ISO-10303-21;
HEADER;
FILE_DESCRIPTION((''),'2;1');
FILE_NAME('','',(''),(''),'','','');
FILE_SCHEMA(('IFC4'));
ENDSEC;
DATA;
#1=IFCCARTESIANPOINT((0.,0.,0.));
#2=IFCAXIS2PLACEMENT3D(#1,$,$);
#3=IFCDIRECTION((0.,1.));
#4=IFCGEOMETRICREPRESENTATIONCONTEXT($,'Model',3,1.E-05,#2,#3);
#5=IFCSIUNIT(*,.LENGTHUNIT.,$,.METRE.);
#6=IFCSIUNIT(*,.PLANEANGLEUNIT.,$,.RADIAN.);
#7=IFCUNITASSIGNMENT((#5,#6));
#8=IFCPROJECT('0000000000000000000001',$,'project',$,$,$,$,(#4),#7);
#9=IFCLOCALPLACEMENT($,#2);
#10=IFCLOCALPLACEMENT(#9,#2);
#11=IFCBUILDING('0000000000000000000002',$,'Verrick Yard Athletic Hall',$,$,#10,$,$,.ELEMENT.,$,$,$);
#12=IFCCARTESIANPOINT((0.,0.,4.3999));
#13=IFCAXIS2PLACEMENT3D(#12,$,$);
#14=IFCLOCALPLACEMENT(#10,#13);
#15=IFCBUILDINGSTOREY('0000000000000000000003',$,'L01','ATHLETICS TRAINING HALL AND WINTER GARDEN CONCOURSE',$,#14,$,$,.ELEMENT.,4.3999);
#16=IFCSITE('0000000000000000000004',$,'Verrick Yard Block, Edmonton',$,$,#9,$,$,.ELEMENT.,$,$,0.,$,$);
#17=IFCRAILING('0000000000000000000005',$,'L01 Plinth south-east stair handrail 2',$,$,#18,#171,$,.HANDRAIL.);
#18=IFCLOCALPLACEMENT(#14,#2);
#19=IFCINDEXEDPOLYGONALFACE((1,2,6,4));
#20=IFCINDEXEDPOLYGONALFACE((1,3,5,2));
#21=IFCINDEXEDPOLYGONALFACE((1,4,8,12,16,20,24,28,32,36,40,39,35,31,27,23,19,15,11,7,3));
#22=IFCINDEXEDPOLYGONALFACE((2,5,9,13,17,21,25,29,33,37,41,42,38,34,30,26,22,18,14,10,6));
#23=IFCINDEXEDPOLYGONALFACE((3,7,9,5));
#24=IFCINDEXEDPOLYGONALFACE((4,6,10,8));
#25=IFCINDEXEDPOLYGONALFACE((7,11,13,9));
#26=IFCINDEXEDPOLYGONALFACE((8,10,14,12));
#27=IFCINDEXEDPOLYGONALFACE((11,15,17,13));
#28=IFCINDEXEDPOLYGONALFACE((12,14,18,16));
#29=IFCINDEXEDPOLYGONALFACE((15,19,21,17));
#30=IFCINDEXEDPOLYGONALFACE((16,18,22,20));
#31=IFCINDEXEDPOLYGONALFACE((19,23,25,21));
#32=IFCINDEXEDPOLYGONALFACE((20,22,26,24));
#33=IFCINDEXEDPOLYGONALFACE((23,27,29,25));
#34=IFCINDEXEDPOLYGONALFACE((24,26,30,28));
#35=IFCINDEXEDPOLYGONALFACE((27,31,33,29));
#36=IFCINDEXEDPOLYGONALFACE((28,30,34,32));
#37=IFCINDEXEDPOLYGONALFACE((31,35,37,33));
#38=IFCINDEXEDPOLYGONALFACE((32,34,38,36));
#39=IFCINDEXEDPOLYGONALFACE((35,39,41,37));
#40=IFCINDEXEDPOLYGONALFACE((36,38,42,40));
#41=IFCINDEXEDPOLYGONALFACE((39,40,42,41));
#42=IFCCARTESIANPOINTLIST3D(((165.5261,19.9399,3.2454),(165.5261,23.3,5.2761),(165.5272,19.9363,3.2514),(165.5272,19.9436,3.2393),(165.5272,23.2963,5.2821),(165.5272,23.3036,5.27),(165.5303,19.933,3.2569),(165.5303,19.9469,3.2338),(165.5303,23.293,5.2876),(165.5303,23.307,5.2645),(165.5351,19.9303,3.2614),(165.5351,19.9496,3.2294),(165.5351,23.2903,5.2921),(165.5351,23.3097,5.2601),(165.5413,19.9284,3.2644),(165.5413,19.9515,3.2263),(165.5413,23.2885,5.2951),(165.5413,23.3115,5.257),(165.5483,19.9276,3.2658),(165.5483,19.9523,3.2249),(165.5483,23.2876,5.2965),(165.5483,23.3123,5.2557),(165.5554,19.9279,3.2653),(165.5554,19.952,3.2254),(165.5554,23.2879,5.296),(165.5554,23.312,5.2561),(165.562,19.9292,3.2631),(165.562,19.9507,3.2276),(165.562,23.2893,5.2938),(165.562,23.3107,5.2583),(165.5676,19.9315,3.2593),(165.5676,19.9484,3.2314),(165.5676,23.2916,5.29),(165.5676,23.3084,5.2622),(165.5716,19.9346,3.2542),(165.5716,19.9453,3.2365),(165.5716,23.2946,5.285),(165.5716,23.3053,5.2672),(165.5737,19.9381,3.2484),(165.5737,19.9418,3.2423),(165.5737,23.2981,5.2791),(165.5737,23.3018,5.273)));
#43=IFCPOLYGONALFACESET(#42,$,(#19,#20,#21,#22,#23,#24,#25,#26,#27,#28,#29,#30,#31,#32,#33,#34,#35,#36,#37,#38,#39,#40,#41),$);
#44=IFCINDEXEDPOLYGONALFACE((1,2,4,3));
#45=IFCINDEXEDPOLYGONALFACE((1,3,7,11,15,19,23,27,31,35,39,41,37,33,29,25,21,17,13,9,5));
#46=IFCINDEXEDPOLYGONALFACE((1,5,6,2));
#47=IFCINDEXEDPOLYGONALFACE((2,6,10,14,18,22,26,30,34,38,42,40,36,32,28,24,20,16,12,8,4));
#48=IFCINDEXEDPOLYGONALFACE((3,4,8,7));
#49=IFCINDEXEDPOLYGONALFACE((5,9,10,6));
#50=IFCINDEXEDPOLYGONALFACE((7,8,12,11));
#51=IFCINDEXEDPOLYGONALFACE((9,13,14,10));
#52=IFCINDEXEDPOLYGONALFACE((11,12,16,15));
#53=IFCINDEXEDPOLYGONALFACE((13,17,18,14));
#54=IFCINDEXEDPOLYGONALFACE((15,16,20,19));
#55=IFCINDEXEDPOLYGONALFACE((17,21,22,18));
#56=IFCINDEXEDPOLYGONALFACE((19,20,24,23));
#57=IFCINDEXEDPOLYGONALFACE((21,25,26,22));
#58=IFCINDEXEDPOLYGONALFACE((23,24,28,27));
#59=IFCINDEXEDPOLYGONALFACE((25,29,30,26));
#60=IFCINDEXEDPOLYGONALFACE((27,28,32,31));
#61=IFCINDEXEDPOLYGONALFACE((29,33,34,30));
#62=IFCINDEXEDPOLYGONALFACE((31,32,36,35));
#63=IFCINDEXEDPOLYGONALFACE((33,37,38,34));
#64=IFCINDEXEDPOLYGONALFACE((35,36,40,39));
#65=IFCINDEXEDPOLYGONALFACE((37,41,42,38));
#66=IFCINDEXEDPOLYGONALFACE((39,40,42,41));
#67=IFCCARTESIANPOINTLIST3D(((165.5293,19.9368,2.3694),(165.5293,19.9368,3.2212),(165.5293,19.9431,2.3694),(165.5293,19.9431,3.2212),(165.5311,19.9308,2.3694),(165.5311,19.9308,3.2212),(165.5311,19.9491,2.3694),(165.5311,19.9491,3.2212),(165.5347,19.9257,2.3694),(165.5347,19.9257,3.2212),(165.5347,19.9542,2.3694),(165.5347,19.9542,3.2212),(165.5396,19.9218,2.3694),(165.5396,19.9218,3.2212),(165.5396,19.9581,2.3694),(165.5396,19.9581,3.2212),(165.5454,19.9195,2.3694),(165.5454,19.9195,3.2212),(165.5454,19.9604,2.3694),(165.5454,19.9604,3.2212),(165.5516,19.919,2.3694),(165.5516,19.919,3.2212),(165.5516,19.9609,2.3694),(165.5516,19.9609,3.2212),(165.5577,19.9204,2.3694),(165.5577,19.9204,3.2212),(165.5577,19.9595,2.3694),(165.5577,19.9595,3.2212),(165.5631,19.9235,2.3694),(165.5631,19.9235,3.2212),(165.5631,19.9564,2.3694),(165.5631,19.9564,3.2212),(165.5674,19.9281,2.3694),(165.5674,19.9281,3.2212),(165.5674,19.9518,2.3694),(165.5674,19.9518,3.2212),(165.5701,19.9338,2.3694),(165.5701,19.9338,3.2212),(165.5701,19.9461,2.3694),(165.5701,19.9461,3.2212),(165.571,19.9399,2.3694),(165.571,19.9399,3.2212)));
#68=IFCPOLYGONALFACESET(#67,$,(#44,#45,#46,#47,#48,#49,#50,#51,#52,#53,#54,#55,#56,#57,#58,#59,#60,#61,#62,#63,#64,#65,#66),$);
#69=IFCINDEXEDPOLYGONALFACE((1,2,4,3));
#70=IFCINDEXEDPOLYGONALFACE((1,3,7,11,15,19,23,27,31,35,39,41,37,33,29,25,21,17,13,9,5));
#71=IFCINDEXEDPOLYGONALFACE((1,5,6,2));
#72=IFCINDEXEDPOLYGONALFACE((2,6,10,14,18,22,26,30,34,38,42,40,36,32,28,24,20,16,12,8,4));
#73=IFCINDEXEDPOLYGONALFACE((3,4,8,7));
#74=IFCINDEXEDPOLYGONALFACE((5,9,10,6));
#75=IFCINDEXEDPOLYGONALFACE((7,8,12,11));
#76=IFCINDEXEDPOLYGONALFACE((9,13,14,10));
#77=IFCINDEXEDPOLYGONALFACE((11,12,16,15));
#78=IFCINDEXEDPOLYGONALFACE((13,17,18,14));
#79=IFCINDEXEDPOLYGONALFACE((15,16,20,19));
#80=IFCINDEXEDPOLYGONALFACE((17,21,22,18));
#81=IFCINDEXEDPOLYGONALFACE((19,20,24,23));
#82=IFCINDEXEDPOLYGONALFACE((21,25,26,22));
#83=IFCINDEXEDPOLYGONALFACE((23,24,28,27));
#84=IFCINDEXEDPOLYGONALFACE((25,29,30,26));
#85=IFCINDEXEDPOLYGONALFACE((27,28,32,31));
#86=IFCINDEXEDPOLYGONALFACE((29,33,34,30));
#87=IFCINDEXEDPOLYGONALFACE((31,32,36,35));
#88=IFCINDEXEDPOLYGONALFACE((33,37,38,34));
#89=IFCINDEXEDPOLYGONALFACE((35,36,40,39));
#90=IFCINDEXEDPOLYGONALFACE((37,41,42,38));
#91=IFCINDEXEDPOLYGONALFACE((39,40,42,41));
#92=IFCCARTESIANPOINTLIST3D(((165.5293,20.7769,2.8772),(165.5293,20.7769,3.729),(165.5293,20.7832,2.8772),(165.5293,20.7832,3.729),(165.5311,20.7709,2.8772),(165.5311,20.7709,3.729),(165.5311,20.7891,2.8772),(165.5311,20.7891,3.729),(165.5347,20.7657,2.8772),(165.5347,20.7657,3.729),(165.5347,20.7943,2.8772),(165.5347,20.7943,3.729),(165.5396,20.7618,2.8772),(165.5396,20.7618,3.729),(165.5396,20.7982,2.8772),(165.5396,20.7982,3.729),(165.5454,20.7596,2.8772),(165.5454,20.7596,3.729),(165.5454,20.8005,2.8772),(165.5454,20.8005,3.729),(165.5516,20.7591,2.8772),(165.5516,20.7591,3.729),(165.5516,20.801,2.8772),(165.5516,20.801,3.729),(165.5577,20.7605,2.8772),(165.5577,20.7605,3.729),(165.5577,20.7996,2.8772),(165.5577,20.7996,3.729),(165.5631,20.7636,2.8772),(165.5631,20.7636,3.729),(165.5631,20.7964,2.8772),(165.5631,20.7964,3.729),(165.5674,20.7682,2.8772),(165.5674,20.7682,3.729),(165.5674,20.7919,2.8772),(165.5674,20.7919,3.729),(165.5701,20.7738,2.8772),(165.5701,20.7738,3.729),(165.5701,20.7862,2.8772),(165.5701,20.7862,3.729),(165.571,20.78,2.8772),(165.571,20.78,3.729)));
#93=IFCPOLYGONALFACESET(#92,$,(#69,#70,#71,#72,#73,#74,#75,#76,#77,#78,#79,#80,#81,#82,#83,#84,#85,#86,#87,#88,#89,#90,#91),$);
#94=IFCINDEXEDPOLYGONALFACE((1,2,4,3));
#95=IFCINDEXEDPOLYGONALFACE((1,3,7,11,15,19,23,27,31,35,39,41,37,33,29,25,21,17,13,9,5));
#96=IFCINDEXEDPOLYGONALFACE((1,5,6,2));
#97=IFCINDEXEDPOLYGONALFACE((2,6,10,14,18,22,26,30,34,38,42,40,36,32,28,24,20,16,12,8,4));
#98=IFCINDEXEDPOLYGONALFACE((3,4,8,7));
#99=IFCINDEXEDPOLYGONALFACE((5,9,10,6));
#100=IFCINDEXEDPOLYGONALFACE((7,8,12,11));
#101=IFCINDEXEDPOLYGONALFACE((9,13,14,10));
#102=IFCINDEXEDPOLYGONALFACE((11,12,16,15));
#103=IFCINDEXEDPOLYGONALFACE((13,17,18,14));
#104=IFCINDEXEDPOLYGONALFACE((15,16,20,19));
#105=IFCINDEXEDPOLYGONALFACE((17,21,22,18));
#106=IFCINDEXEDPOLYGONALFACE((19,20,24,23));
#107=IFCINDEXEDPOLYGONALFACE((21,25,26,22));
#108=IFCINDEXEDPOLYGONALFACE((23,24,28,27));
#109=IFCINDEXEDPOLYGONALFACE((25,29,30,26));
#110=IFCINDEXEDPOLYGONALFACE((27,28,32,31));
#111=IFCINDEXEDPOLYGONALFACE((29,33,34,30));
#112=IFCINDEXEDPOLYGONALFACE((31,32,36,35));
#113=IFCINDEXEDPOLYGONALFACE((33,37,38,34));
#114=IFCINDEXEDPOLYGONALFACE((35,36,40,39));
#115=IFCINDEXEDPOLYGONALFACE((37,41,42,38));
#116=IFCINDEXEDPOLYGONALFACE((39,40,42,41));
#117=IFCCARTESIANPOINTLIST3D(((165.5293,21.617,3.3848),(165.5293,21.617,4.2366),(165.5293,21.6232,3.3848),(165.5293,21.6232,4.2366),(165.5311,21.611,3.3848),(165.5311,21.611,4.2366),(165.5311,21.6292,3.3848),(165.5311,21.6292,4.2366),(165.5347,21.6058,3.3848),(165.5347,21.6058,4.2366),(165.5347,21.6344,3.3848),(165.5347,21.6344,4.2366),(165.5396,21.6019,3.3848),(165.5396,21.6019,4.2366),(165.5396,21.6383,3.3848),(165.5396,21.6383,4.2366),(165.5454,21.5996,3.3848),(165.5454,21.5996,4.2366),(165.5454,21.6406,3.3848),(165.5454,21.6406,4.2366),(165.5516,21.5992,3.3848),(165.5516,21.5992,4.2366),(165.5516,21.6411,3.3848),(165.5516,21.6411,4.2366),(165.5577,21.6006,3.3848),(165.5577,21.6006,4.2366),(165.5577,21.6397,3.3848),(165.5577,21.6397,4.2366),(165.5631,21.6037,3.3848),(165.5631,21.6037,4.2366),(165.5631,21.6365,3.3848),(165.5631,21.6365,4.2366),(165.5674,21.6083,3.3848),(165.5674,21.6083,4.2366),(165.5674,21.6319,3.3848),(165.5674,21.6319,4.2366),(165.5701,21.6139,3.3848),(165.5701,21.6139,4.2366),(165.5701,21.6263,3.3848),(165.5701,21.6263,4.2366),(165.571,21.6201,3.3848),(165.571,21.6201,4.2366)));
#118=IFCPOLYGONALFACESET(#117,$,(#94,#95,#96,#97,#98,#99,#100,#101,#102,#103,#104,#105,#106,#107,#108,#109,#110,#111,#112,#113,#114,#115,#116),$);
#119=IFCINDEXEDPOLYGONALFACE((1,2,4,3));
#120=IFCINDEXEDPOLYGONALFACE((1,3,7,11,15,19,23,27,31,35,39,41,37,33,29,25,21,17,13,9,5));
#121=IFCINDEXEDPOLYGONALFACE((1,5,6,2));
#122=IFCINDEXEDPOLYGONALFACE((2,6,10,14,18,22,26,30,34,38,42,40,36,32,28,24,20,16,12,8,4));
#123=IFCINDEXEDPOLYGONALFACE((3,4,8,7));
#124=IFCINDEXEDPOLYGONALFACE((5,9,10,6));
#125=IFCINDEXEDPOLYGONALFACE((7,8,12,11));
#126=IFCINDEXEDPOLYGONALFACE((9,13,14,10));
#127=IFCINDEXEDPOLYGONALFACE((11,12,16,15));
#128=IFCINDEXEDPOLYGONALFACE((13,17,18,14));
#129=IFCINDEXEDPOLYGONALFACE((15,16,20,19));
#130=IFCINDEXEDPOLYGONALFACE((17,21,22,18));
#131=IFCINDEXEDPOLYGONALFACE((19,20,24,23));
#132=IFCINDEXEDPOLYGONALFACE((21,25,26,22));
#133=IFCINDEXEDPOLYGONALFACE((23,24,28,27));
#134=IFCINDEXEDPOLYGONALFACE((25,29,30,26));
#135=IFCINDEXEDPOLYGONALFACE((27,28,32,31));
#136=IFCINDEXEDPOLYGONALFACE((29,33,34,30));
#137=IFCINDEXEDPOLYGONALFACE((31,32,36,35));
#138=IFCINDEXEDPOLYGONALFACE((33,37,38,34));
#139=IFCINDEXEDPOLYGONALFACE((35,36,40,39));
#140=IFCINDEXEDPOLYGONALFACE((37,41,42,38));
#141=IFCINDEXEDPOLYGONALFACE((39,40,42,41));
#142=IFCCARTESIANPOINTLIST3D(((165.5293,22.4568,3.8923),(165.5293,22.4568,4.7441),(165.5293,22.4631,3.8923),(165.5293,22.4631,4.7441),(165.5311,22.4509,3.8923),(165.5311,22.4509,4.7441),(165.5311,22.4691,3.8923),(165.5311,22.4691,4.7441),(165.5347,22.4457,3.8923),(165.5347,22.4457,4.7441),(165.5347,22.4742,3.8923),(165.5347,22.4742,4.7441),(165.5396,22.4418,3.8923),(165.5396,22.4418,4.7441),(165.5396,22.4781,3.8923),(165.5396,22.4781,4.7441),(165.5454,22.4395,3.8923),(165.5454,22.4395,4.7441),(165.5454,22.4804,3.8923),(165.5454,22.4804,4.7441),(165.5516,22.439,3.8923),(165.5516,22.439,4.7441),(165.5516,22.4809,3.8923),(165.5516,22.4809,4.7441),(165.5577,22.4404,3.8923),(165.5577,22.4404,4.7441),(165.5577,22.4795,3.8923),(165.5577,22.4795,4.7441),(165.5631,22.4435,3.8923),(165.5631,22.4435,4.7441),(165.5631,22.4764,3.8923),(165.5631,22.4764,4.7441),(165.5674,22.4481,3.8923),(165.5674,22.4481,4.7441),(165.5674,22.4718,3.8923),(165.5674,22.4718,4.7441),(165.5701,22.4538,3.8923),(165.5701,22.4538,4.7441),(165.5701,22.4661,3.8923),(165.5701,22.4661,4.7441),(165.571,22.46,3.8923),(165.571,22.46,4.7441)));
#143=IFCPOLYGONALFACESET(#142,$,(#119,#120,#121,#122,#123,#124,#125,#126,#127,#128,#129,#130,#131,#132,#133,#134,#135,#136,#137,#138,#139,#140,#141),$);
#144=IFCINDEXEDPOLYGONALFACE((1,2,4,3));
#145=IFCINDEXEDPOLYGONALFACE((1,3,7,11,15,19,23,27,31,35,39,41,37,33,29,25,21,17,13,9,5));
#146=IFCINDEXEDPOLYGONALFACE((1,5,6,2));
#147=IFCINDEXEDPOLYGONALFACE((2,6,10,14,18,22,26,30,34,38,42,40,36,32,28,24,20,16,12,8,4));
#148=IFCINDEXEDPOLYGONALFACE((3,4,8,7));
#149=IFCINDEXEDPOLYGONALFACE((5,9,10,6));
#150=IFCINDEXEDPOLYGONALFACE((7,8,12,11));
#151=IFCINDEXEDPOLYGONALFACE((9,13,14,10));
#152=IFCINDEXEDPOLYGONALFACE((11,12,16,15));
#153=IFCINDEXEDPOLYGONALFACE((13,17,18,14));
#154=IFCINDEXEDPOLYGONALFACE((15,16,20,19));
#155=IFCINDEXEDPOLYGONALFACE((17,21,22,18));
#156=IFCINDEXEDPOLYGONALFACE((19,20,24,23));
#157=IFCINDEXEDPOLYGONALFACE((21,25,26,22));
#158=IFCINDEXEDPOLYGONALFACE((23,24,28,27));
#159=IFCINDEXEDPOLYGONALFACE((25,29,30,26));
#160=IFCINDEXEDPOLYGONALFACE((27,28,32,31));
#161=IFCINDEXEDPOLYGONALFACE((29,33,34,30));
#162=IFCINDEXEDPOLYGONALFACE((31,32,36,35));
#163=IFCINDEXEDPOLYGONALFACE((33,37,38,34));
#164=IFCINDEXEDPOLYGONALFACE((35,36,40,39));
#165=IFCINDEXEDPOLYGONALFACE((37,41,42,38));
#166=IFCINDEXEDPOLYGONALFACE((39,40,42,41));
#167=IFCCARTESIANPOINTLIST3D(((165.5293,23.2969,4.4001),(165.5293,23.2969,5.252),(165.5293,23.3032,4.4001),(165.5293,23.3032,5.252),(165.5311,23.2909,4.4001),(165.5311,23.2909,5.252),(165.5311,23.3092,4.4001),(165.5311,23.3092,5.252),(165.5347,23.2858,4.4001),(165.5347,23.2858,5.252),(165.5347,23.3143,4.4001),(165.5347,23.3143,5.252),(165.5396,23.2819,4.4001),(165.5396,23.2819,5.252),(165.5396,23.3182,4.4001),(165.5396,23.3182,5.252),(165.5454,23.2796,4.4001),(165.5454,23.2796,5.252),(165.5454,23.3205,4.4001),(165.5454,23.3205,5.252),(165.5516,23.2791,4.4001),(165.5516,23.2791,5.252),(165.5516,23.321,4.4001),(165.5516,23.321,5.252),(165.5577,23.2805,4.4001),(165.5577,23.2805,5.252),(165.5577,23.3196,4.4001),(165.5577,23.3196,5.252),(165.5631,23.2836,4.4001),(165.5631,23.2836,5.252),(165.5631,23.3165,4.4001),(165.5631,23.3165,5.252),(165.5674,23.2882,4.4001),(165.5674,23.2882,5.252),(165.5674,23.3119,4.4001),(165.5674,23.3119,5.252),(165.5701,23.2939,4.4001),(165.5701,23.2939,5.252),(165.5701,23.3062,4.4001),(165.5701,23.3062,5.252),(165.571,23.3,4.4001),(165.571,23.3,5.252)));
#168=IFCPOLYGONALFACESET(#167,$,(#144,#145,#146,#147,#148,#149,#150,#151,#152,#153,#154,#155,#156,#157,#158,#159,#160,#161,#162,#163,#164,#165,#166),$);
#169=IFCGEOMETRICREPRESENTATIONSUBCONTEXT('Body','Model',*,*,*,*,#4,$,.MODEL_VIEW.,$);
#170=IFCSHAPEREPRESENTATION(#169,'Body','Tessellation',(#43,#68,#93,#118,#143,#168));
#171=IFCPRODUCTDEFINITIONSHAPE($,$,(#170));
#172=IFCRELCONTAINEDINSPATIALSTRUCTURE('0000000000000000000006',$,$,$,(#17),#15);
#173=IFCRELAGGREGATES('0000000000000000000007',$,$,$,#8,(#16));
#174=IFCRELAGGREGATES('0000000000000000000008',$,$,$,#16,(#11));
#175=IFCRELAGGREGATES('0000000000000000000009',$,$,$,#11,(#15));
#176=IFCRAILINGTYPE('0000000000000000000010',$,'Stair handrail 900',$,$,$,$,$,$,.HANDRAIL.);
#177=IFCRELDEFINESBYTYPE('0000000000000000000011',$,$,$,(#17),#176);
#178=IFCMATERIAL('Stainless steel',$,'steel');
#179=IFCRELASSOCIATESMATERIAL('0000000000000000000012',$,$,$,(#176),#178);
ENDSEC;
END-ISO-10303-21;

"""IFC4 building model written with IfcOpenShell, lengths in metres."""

from ifc_helpers import new_model, si_unit, direction, frame, origin, origin_2d, place, context, subcontext, project, spatial, circle, extrude, material, type_object, element, save


model = new_model("IFC4")

# Units and contexts
model_context = context("Model", 3, precision=1e-05, world=origin(), true_north=direction((0.0, 1.0)))
body_context = subcontext(model_context, "Body", "Model", "MODEL_VIEW")
ifc_project = project(units=[si_unit("LENGTHUNIT", "METRE"), si_unit("PLANEANGLEUNIT", "RADIAN")], contexts=[model_context])

# Site, building, storey
site_placement = place(None, origin())
site = spatial("IfcSite", under=ifc_project, at=site_placement, Name="Verrick Yard Block, Edmonton", CompositionType="ELEMENT", RefElevation=0.0)
building_placement = place(site_placement, origin())
building = spatial("IfcBuilding", under=site, at=building_placement, Name="Verrick Yard Athletic Hall", CompositionType="ELEMENT")
storey_placement = place(building_placement, frame((0.0, 0.0, 4.3999)))
storey = spatial("IfcBuildingStorey", under=building, at=storey_placement, Name="L01", Description="ATHLETICS TRAINING HALL AND WINTER GARDEN CONCOURSE", CompositionType="ELEMENT", Elevation=4.3999)

# Railing
ifc_material_1 = material(Name="Stainless steel", Category="steel")
railing_type_1 = type_object("IfcRailingType", Name="Stair handrail 900", PredefinedType="HANDRAIL", material=ifc_material_1)
railing_1_placement = place(storey_placement, frame((165.55, 19.9399, 2.3694)))
element("IfcRailing", 1, at=railing_1_placement, inside=storey, type_object=railing_type_1, Name="L01 Plinth south-east stair handrail 2", PredefinedType="HANDRAIL", context=body_context, shape_type="SweptSolid", body=[
    extrude(circle(Radius=0.0239, at=origin_2d()), frame((0.0, 0.0, 0.876), z_axis=(0.0, 0.855837, 0.517246), x_axis=(-1.0, 0.0, 0.0)), (0.0, 0.0, 1.0), 3.926),
    extrude(circle(Radius=0.021, at=origin_2d()), origin(), (0.0, 0.0, 1.0), 0.8518),
    extrude(circle(Radius=0.021, at=origin_2d()), frame((0.0, 0.8401, 0.5078)), (0.0, 0.0, 1.0), 0.8518),
    extrude(circle(Radius=0.021, at=origin_2d()), frame((0.0, 1.6802, 1.0154)), (0.0, 0.0, 1.0), 0.8518),
    extrude(circle(Radius=0.021, at=origin_2d()), frame((0.0, 2.52, 1.5229)), (0.0, 0.0, 1.0), 0.8518),
    extrude(circle(Radius=0.021, at=origin_2d()), frame((0.0, 3.3601, 2.0308)), (0.0, 0.0, 1.0), 0.8518),
])

save(model, "model.ifc")
